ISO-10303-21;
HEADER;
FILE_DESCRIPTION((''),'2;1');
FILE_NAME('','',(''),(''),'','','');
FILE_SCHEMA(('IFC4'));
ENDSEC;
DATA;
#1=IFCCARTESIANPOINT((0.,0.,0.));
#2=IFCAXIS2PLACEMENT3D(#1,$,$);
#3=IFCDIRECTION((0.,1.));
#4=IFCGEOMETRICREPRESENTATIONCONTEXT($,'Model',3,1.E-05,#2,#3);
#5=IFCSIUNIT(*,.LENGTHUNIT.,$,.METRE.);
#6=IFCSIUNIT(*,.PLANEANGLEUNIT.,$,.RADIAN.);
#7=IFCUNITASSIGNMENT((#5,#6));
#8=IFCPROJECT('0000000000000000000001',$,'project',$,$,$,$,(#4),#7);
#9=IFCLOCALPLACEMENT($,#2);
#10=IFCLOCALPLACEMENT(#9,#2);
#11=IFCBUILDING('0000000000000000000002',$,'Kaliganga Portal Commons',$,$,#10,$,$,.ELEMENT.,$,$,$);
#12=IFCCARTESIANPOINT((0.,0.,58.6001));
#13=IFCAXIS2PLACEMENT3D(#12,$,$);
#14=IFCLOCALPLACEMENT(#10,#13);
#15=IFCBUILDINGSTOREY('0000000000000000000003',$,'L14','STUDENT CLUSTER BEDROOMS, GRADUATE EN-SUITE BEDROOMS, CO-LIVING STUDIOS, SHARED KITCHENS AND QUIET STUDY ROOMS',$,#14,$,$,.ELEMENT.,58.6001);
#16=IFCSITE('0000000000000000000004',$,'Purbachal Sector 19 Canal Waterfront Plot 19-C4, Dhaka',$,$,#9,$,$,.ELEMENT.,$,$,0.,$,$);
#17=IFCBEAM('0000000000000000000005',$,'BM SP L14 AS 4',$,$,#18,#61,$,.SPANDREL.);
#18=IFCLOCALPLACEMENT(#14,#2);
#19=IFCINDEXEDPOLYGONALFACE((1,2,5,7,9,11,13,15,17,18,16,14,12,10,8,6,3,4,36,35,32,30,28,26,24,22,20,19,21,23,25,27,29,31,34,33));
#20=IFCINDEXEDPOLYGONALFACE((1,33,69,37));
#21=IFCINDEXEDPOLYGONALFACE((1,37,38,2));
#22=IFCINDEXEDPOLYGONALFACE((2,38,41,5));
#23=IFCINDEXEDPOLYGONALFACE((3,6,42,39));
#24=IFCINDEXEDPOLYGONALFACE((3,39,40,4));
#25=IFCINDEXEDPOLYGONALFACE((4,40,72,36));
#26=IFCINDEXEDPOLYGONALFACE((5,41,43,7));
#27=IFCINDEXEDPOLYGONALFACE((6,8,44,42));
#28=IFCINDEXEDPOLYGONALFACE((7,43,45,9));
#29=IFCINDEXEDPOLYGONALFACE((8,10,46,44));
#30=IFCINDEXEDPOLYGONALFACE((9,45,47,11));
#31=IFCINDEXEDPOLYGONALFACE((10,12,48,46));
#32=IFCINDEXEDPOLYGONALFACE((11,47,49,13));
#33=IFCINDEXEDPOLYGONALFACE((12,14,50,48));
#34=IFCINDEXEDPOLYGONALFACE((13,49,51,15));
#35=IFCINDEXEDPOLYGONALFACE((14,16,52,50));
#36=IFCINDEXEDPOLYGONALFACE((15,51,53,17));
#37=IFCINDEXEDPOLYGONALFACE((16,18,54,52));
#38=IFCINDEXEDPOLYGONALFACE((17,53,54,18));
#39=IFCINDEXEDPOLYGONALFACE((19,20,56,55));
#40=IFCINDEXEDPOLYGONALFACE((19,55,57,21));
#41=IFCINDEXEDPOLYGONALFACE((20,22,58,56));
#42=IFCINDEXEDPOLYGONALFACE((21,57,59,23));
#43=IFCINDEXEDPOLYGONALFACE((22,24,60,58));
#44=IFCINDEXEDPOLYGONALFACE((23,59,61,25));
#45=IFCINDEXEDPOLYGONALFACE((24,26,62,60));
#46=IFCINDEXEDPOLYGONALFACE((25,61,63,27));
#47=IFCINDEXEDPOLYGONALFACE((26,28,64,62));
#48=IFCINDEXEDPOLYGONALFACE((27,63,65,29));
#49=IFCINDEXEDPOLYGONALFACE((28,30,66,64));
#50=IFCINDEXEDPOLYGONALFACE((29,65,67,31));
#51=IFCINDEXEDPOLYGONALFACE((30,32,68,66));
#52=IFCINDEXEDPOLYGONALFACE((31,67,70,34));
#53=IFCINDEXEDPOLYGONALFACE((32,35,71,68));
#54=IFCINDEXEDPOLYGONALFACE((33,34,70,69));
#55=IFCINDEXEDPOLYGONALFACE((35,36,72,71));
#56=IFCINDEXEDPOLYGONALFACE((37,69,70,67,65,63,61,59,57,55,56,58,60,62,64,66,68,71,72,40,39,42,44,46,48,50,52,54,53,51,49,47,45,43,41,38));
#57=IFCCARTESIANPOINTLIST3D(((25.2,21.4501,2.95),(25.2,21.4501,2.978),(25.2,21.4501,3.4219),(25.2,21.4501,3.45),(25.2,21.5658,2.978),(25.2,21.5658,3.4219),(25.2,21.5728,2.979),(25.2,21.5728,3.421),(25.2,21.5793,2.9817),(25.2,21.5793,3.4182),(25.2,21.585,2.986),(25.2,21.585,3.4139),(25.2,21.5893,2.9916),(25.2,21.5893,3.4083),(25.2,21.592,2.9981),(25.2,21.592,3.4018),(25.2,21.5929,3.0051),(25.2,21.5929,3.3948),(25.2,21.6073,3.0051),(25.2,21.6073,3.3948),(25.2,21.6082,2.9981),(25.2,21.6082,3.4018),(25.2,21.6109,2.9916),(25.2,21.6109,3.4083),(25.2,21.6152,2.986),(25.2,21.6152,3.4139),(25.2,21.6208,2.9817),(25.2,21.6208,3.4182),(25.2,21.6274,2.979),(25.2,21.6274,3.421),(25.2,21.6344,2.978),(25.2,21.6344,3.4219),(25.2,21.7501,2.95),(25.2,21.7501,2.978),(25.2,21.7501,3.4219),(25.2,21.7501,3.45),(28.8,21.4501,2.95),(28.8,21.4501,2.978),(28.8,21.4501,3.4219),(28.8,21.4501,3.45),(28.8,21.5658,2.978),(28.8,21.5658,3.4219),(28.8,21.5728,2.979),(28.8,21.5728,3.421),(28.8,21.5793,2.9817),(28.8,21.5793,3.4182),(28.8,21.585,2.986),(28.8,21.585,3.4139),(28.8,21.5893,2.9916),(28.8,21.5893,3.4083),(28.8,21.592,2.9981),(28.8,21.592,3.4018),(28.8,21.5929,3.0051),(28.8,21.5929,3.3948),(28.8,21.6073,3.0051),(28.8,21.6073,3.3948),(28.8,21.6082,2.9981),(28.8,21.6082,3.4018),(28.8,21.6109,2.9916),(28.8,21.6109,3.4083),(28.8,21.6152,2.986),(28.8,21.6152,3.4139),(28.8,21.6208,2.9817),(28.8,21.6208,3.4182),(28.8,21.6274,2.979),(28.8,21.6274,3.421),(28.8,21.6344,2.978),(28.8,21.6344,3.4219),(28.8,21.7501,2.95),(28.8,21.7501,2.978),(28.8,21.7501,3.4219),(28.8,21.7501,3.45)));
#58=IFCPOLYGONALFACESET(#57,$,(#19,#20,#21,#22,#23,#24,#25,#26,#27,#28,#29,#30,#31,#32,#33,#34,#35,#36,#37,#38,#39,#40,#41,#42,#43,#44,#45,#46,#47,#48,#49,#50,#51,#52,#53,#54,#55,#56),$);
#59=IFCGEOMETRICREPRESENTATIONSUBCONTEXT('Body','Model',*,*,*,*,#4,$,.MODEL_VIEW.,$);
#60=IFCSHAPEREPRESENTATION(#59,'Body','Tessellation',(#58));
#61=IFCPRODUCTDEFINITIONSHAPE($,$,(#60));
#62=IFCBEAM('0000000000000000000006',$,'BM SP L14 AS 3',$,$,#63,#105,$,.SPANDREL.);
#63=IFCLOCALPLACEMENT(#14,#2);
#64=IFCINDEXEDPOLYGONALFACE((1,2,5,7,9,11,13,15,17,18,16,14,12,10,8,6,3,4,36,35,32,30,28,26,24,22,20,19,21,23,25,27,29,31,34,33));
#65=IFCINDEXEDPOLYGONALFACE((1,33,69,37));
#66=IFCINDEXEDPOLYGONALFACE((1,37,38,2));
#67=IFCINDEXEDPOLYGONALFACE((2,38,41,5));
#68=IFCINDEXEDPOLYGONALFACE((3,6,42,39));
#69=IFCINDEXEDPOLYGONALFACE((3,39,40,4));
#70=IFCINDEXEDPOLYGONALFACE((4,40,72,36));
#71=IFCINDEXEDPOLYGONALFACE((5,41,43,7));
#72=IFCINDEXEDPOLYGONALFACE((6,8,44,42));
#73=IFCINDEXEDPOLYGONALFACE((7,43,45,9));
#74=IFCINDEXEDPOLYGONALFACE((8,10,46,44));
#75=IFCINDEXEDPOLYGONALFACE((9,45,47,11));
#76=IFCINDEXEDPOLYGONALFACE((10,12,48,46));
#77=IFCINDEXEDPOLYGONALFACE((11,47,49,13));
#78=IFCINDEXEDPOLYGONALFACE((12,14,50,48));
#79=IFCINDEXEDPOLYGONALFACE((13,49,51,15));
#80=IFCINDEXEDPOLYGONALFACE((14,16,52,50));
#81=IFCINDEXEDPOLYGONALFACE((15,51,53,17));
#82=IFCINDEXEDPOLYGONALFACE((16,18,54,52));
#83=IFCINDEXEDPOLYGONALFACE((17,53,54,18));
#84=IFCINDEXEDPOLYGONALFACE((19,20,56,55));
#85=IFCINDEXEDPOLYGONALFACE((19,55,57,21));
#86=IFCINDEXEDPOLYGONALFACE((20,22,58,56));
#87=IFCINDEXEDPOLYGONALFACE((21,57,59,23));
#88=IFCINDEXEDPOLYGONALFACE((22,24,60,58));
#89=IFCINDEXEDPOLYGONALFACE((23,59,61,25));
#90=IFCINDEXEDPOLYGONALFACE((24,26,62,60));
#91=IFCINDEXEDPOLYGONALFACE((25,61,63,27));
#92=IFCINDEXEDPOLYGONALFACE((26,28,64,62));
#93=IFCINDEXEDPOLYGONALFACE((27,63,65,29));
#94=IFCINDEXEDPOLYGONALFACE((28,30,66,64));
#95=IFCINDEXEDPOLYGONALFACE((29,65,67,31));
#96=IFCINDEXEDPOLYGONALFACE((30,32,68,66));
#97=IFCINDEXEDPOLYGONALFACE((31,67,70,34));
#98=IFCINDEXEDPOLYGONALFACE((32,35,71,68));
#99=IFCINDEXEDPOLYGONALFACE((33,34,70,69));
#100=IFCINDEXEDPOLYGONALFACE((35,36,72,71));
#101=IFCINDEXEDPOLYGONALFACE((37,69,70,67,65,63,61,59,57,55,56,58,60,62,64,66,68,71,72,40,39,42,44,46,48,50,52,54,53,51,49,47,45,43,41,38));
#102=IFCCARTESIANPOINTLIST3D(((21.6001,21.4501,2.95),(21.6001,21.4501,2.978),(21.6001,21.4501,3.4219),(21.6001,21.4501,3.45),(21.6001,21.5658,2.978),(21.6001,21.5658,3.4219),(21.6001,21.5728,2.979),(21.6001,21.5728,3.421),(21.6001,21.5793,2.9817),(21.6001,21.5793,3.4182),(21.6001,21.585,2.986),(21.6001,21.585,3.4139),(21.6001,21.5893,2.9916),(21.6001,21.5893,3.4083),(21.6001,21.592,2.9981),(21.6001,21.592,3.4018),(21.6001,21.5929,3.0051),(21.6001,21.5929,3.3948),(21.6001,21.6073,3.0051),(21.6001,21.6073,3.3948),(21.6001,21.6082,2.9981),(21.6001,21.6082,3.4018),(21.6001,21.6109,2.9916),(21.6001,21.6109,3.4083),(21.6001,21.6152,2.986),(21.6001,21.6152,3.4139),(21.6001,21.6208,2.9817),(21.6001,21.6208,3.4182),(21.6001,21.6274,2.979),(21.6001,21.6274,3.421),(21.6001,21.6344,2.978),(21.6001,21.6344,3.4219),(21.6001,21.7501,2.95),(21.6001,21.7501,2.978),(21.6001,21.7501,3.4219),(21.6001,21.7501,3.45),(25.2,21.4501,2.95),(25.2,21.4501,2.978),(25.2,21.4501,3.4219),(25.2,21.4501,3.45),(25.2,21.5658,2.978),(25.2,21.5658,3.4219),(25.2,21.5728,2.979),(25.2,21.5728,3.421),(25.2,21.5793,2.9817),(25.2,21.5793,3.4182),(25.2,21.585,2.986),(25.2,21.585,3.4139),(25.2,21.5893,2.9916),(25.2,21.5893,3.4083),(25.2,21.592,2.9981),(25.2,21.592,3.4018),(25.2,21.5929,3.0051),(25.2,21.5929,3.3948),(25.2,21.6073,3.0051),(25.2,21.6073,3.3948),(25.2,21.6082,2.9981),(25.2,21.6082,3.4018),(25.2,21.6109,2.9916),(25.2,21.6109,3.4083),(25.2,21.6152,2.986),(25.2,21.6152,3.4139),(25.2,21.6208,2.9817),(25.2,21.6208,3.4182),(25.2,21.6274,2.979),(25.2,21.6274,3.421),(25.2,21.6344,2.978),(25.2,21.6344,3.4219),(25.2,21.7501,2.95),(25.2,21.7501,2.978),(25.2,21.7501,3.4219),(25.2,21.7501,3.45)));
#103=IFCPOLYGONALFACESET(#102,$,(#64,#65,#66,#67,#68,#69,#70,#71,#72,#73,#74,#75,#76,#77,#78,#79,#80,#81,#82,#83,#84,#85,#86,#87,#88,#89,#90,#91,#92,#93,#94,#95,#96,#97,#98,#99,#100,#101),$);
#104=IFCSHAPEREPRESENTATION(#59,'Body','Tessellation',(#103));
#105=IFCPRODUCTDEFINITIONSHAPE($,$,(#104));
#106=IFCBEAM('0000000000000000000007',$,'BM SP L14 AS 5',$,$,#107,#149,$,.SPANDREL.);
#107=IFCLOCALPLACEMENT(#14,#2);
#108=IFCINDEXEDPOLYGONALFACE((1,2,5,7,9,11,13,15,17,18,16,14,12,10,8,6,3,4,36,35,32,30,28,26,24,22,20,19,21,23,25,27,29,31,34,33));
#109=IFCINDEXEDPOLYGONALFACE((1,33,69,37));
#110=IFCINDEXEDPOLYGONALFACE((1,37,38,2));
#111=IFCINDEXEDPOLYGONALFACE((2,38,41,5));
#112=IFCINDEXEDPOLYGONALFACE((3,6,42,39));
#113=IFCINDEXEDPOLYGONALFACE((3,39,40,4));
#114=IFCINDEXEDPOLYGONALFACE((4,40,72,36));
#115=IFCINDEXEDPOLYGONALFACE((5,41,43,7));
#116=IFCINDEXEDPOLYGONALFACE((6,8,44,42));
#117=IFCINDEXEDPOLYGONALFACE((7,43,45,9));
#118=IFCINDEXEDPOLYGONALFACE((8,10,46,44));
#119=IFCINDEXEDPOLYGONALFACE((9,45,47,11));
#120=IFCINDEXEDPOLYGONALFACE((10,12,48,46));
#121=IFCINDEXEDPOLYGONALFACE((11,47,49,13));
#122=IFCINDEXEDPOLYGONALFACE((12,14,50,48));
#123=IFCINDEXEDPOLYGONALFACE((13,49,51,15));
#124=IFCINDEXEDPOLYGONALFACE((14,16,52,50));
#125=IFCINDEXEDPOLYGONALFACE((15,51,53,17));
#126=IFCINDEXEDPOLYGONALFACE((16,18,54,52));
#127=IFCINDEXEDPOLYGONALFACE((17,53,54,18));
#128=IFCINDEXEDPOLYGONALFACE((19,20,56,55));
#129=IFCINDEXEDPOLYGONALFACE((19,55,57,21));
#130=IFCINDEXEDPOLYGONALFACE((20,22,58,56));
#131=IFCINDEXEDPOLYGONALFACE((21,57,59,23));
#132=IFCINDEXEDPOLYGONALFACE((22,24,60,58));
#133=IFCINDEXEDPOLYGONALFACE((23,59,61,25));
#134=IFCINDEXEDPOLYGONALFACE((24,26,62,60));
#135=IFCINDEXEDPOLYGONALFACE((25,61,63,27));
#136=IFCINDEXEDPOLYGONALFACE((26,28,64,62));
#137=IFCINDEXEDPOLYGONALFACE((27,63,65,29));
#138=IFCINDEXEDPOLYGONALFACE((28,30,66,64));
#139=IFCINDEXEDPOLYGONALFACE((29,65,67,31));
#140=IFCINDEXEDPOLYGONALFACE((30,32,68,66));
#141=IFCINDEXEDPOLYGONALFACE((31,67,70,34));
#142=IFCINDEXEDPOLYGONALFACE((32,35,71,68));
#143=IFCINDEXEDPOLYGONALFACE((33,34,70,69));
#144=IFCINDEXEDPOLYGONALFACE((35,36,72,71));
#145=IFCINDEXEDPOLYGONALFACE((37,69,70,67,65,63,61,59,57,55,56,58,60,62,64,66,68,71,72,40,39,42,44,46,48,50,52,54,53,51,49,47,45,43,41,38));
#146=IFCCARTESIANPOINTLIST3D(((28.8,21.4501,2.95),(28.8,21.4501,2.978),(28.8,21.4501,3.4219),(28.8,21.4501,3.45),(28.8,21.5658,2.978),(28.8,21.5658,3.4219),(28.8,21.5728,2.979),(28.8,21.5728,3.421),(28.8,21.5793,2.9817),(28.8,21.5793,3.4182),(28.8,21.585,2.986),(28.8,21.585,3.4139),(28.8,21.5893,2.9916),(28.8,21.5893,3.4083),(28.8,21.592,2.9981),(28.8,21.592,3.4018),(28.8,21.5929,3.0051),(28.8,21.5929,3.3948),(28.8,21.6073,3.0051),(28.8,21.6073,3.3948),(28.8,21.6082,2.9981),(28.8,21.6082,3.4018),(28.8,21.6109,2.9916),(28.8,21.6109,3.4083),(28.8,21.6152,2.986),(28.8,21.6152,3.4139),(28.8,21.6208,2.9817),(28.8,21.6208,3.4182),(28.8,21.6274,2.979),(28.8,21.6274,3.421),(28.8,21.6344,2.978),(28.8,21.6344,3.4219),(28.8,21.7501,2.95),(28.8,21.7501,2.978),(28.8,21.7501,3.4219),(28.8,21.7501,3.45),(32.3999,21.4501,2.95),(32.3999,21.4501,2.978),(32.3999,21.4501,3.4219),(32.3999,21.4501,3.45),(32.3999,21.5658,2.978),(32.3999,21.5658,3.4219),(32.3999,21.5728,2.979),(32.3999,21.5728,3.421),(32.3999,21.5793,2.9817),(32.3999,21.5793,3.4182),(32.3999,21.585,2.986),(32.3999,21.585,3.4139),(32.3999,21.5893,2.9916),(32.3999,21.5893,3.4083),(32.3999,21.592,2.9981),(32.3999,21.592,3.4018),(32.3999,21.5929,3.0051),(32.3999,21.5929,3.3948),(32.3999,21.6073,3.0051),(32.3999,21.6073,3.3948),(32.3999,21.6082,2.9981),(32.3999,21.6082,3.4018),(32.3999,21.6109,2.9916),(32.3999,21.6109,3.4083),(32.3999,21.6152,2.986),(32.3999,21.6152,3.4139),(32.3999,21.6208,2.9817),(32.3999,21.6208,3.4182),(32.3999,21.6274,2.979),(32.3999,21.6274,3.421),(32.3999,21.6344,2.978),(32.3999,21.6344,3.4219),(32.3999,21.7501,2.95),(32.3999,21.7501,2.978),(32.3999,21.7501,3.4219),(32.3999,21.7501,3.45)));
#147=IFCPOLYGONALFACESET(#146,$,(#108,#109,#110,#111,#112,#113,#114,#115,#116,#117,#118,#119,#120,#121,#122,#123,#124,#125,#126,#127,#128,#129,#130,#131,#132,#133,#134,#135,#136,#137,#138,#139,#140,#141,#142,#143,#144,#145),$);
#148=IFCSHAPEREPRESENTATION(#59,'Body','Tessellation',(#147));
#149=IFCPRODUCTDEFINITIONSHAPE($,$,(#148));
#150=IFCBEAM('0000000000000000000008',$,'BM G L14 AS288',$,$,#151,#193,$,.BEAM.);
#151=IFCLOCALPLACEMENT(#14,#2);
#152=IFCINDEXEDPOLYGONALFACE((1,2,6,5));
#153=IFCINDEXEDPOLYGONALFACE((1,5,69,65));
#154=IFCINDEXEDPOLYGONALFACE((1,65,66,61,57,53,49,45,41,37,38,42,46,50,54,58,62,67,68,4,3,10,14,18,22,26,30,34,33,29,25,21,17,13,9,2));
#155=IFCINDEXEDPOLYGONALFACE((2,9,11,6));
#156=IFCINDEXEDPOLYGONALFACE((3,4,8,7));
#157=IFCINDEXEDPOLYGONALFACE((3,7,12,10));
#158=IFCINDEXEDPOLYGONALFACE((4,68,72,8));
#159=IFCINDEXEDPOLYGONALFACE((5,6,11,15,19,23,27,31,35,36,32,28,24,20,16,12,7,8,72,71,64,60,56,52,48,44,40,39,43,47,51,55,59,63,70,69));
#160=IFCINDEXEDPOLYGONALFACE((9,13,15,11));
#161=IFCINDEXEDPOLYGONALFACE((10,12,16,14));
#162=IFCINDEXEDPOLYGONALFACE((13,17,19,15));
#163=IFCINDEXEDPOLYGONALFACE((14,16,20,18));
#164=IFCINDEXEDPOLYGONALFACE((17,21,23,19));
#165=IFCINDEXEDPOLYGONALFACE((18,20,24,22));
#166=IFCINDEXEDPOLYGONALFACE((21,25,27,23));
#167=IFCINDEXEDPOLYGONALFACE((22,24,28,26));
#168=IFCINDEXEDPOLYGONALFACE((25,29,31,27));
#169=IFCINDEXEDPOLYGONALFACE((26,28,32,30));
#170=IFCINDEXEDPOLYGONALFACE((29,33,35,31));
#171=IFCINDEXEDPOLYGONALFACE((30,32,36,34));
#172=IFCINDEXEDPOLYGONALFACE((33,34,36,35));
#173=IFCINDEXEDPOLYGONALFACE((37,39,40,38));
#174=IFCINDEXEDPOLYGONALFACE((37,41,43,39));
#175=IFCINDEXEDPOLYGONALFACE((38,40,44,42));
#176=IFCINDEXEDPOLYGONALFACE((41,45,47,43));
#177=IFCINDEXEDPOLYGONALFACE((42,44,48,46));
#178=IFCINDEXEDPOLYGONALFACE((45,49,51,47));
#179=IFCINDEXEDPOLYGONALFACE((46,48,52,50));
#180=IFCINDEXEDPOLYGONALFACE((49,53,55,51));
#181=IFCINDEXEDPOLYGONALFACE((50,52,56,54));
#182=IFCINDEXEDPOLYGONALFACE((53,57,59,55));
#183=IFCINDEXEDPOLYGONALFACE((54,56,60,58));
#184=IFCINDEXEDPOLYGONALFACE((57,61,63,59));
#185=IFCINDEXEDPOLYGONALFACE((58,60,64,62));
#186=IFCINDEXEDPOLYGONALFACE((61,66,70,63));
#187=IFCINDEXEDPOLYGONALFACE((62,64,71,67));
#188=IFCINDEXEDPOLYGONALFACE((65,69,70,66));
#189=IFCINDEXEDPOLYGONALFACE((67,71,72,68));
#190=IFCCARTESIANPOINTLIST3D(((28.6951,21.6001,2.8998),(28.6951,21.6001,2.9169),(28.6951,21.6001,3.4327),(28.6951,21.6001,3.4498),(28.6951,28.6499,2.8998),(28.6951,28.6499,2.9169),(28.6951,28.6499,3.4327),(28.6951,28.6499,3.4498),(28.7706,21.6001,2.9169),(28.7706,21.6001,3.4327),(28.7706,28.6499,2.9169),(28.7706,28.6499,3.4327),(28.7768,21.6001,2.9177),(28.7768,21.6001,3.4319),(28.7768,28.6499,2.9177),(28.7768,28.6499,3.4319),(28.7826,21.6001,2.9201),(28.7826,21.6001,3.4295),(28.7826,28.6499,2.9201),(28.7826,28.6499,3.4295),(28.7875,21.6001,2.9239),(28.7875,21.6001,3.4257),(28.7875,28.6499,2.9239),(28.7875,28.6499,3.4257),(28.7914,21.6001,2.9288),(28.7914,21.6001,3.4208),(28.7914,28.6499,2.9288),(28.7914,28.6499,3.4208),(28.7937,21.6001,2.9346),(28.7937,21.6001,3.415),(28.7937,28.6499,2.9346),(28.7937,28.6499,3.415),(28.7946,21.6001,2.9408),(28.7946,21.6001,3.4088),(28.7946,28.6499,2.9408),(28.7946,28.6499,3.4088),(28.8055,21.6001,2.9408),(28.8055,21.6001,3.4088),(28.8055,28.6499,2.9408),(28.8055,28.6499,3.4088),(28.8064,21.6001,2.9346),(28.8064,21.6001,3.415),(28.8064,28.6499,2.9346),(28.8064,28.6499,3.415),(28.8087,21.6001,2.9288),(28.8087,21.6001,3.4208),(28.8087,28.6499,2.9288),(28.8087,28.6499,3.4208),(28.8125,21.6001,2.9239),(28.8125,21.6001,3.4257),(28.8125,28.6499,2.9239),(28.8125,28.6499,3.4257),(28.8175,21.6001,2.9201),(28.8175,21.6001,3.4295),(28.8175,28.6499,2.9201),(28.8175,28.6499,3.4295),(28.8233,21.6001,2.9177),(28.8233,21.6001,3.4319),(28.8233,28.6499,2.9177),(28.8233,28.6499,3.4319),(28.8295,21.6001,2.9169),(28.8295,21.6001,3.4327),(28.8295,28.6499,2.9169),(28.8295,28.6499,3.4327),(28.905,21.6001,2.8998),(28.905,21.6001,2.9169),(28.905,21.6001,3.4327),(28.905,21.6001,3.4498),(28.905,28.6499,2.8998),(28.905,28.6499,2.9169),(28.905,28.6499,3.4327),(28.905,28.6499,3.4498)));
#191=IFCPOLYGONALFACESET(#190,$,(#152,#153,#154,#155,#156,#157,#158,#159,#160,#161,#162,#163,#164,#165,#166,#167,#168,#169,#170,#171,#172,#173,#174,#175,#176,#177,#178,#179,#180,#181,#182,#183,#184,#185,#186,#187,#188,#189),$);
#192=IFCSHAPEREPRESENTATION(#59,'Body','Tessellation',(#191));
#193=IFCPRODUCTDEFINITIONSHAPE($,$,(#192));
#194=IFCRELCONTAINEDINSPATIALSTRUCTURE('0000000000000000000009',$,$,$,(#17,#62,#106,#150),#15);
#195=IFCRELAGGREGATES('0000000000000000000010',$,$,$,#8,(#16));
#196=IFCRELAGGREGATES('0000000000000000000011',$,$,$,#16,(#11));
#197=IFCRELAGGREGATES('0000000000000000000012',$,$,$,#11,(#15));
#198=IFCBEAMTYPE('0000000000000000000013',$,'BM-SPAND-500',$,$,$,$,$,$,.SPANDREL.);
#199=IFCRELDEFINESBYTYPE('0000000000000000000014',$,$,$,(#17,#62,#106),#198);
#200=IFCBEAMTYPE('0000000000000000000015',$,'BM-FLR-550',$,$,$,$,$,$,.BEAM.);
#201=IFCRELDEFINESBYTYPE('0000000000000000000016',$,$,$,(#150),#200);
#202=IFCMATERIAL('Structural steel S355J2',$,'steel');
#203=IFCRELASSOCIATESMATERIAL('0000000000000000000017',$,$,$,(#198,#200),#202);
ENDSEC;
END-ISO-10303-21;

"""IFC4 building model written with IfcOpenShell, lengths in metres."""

from ifc_helpers import new_model, si_unit, direction, frame, origin, origin_2d, place, context, subcontext, project, spatial, i_section, extrude, source, transform, mapped, material, material_profile, profile_set, type_object, element, save


model = new_model("IFC4")

# Units and contexts
model_context = context("Model", 3, precision=1e-05, world=origin(), true_north=direction((0.0, 1.0)))
body_context = subcontext(model_context, "Body", "Model", "MODEL_VIEW")
ifc_project = project(units=[si_unit("LENGTHUNIT", "METRE"), si_unit("PLANEANGLEUNIT", "RADIAN")], contexts=[model_context])

# Site, building, storey
site_placement = place(None, origin())
site = spatial("IfcSite", under=ifc_project, at=site_placement, Name="Purbachal Sector 19 Canal Waterfront Plot 19-C4, Dhaka", CompositionType="ELEMENT", RefElevation=0.0)
building_placement = place(site_placement, origin())
building = spatial("IfcBuilding", under=site, at=building_placement, Name="Kaliganga Portal Commons", CompositionType="ELEMENT")
storey_placement = place(building_placement, frame((0.0, 0.0, 58.6001)))
storey = spatial("IfcBuildingStorey", under=building, at=storey_placement, Name="L14", Description="STUDENT CLUSTER BEDROOMS, GRADUATE EN-SUITE BEDROOMS, CO-LIVING STUDIOS, SHARED KITCHENS AND QUIET STUDY ROOMS", CompositionType="ELEMENT", Elevation=58.6001)

# Beams
ifc_material_1 = material(Name="Structural steel S355J2", Category="steel")
ifc_material_profile_1 = material_profile(ifc_material_1, i_section(OverallWidth=0.3, OverallDepth=0.5, WebThickness=0.0144, FlangeThickness=0.0281, FilletRadius=0.0271, at=origin_2d()), Name="HE 500 B")
ifc_profile_set_1 = profile_set([ifc_material_profile_1], Name="Structural steel S355J2 wide-flange")
beam_type_1 = type_object("IfcBeamType", Name="BM-SPAND-500", PredefinedType="SPANDREL", material=ifc_profile_set_1)
shared_shape_1 = source(origin(), body_context, "Body", "SweptSolid", [
    extrude(i_section(OverallWidth=0.3, OverallDepth=0.5, WebThickness=0.0144, FlangeThickness=0.0281, FilletRadius=0.0271, at=origin_2d()), origin(), (0.0, 0.0, 1.0), 3.6001),
])
for number, where, z_axis, x_axis, name in (
    (1, (25.2, 21.6001, 3.2), (1.0, 0.0, 0.0), (0.0, 1.0, 0.0), "BM SP L14 AS 4"),
):
    element("IfcBeam", number, at=place(storey_placement, frame(where, z_axis=z_axis, x_axis=x_axis)), inside=storey, type_object=beam_type_1, Name=name, PredefinedType="SPANDREL", context=body_context, shape_type="MappedRepresentation", body=[
        mapped(shared_shape_1, transform((0.0, 0.0, 0.0), x_axis=(1.0, 0.0, 0.0), y_axis=(0.0, 1.0, 0.0), z_axis=(0.0, 0.0, 1.0), scale=1.0)),
    ])
shared_shape_2 = source(origin(), body_context, "Body", "SweptSolid", [
    extrude(i_section(OverallWidth=0.3, OverallDepth=0.5, WebThickness=0.0144, FlangeThickness=0.0281, FilletRadius=0.0271, at=origin_2d()), origin(), (0.0, 0.0, 1.0), 3.5999),
])
for number, where, z_axis, x_axis, name in (
    (2, (21.6001, 21.6001, 3.2), (1.0, 0.0, 0.0), (0.0, 1.0, 0.0), "BM SP L14 AS 3"),
    (3, (28.8, 21.6001, 3.2), (1.0, 0.0, 0.0), (0.0, 1.0, 0.0), "BM SP L14 AS 5"),
):
    element("IfcBeam", number, at=place(storey_placement, frame(where, z_axis=z_axis, x_axis=x_axis)), inside=storey, type_object=beam_type_1, Name=name, PredefinedType="SPANDREL", context=body_context, shape_type="MappedRepresentation", body=[
        mapped(shared_shape_2, transform((0.0, 0.0, 0.0), x_axis=(1.0, 0.0, 0.0), y_axis=(0.0, 1.0, 0.0), z_axis=(0.0, 0.0, 1.0), scale=1.0)),
    ])
ifc_material_profile_2 = material_profile(ifc_material_1, i_section(OverallWidth=0.21, OverallDepth=0.55, WebThickness=0.011, FlangeThickness=0.0171, FilletRadius=0.0239, at=origin_2d()), Name="IPE 550")
ifc_profile_set_2 = profile_set([ifc_material_profile_2], Name="Structural steel S355J2 wide-flange")
beam_type_2 = type_object("IfcBeamType", Name="BM-FLR-550", PredefinedType="BEAM", material=ifc_profile_set_2)
shared_shape_3 = source(origin(), body_context, "Body", "SweptSolid", [
    extrude(i_section(OverallWidth=0.21, OverallDepth=0.55, WebThickness=0.011, FlangeThickness=0.0171, FilletRadius=0.0239, at=origin_2d()), origin(), (0.0, 0.0, 1.0), 7.0498),
])
beam_1_placement = place(storey_placement, frame((28.8, 21.6001, 3.1748), z_axis=(0.0, 1.0, 0.0), x_axis=(-1.0, 0.0, 0.0)))
element("IfcBeam", 4, at=beam_1_placement, inside=storey, type_object=beam_type_2, Name="BM G L14 AS288", PredefinedType="BEAM", context=body_context, shape_type="MappedRepresentation", body=[
    mapped(shared_shape_3, transform((0.0, 0.0, 0.0), x_axis=(1.0, 0.0, 0.0), y_axis=(0.0, 1.0, 0.0), z_axis=(0.0, 0.0, 1.0), scale=1.0)),
])

save(model, "model.ifc")
